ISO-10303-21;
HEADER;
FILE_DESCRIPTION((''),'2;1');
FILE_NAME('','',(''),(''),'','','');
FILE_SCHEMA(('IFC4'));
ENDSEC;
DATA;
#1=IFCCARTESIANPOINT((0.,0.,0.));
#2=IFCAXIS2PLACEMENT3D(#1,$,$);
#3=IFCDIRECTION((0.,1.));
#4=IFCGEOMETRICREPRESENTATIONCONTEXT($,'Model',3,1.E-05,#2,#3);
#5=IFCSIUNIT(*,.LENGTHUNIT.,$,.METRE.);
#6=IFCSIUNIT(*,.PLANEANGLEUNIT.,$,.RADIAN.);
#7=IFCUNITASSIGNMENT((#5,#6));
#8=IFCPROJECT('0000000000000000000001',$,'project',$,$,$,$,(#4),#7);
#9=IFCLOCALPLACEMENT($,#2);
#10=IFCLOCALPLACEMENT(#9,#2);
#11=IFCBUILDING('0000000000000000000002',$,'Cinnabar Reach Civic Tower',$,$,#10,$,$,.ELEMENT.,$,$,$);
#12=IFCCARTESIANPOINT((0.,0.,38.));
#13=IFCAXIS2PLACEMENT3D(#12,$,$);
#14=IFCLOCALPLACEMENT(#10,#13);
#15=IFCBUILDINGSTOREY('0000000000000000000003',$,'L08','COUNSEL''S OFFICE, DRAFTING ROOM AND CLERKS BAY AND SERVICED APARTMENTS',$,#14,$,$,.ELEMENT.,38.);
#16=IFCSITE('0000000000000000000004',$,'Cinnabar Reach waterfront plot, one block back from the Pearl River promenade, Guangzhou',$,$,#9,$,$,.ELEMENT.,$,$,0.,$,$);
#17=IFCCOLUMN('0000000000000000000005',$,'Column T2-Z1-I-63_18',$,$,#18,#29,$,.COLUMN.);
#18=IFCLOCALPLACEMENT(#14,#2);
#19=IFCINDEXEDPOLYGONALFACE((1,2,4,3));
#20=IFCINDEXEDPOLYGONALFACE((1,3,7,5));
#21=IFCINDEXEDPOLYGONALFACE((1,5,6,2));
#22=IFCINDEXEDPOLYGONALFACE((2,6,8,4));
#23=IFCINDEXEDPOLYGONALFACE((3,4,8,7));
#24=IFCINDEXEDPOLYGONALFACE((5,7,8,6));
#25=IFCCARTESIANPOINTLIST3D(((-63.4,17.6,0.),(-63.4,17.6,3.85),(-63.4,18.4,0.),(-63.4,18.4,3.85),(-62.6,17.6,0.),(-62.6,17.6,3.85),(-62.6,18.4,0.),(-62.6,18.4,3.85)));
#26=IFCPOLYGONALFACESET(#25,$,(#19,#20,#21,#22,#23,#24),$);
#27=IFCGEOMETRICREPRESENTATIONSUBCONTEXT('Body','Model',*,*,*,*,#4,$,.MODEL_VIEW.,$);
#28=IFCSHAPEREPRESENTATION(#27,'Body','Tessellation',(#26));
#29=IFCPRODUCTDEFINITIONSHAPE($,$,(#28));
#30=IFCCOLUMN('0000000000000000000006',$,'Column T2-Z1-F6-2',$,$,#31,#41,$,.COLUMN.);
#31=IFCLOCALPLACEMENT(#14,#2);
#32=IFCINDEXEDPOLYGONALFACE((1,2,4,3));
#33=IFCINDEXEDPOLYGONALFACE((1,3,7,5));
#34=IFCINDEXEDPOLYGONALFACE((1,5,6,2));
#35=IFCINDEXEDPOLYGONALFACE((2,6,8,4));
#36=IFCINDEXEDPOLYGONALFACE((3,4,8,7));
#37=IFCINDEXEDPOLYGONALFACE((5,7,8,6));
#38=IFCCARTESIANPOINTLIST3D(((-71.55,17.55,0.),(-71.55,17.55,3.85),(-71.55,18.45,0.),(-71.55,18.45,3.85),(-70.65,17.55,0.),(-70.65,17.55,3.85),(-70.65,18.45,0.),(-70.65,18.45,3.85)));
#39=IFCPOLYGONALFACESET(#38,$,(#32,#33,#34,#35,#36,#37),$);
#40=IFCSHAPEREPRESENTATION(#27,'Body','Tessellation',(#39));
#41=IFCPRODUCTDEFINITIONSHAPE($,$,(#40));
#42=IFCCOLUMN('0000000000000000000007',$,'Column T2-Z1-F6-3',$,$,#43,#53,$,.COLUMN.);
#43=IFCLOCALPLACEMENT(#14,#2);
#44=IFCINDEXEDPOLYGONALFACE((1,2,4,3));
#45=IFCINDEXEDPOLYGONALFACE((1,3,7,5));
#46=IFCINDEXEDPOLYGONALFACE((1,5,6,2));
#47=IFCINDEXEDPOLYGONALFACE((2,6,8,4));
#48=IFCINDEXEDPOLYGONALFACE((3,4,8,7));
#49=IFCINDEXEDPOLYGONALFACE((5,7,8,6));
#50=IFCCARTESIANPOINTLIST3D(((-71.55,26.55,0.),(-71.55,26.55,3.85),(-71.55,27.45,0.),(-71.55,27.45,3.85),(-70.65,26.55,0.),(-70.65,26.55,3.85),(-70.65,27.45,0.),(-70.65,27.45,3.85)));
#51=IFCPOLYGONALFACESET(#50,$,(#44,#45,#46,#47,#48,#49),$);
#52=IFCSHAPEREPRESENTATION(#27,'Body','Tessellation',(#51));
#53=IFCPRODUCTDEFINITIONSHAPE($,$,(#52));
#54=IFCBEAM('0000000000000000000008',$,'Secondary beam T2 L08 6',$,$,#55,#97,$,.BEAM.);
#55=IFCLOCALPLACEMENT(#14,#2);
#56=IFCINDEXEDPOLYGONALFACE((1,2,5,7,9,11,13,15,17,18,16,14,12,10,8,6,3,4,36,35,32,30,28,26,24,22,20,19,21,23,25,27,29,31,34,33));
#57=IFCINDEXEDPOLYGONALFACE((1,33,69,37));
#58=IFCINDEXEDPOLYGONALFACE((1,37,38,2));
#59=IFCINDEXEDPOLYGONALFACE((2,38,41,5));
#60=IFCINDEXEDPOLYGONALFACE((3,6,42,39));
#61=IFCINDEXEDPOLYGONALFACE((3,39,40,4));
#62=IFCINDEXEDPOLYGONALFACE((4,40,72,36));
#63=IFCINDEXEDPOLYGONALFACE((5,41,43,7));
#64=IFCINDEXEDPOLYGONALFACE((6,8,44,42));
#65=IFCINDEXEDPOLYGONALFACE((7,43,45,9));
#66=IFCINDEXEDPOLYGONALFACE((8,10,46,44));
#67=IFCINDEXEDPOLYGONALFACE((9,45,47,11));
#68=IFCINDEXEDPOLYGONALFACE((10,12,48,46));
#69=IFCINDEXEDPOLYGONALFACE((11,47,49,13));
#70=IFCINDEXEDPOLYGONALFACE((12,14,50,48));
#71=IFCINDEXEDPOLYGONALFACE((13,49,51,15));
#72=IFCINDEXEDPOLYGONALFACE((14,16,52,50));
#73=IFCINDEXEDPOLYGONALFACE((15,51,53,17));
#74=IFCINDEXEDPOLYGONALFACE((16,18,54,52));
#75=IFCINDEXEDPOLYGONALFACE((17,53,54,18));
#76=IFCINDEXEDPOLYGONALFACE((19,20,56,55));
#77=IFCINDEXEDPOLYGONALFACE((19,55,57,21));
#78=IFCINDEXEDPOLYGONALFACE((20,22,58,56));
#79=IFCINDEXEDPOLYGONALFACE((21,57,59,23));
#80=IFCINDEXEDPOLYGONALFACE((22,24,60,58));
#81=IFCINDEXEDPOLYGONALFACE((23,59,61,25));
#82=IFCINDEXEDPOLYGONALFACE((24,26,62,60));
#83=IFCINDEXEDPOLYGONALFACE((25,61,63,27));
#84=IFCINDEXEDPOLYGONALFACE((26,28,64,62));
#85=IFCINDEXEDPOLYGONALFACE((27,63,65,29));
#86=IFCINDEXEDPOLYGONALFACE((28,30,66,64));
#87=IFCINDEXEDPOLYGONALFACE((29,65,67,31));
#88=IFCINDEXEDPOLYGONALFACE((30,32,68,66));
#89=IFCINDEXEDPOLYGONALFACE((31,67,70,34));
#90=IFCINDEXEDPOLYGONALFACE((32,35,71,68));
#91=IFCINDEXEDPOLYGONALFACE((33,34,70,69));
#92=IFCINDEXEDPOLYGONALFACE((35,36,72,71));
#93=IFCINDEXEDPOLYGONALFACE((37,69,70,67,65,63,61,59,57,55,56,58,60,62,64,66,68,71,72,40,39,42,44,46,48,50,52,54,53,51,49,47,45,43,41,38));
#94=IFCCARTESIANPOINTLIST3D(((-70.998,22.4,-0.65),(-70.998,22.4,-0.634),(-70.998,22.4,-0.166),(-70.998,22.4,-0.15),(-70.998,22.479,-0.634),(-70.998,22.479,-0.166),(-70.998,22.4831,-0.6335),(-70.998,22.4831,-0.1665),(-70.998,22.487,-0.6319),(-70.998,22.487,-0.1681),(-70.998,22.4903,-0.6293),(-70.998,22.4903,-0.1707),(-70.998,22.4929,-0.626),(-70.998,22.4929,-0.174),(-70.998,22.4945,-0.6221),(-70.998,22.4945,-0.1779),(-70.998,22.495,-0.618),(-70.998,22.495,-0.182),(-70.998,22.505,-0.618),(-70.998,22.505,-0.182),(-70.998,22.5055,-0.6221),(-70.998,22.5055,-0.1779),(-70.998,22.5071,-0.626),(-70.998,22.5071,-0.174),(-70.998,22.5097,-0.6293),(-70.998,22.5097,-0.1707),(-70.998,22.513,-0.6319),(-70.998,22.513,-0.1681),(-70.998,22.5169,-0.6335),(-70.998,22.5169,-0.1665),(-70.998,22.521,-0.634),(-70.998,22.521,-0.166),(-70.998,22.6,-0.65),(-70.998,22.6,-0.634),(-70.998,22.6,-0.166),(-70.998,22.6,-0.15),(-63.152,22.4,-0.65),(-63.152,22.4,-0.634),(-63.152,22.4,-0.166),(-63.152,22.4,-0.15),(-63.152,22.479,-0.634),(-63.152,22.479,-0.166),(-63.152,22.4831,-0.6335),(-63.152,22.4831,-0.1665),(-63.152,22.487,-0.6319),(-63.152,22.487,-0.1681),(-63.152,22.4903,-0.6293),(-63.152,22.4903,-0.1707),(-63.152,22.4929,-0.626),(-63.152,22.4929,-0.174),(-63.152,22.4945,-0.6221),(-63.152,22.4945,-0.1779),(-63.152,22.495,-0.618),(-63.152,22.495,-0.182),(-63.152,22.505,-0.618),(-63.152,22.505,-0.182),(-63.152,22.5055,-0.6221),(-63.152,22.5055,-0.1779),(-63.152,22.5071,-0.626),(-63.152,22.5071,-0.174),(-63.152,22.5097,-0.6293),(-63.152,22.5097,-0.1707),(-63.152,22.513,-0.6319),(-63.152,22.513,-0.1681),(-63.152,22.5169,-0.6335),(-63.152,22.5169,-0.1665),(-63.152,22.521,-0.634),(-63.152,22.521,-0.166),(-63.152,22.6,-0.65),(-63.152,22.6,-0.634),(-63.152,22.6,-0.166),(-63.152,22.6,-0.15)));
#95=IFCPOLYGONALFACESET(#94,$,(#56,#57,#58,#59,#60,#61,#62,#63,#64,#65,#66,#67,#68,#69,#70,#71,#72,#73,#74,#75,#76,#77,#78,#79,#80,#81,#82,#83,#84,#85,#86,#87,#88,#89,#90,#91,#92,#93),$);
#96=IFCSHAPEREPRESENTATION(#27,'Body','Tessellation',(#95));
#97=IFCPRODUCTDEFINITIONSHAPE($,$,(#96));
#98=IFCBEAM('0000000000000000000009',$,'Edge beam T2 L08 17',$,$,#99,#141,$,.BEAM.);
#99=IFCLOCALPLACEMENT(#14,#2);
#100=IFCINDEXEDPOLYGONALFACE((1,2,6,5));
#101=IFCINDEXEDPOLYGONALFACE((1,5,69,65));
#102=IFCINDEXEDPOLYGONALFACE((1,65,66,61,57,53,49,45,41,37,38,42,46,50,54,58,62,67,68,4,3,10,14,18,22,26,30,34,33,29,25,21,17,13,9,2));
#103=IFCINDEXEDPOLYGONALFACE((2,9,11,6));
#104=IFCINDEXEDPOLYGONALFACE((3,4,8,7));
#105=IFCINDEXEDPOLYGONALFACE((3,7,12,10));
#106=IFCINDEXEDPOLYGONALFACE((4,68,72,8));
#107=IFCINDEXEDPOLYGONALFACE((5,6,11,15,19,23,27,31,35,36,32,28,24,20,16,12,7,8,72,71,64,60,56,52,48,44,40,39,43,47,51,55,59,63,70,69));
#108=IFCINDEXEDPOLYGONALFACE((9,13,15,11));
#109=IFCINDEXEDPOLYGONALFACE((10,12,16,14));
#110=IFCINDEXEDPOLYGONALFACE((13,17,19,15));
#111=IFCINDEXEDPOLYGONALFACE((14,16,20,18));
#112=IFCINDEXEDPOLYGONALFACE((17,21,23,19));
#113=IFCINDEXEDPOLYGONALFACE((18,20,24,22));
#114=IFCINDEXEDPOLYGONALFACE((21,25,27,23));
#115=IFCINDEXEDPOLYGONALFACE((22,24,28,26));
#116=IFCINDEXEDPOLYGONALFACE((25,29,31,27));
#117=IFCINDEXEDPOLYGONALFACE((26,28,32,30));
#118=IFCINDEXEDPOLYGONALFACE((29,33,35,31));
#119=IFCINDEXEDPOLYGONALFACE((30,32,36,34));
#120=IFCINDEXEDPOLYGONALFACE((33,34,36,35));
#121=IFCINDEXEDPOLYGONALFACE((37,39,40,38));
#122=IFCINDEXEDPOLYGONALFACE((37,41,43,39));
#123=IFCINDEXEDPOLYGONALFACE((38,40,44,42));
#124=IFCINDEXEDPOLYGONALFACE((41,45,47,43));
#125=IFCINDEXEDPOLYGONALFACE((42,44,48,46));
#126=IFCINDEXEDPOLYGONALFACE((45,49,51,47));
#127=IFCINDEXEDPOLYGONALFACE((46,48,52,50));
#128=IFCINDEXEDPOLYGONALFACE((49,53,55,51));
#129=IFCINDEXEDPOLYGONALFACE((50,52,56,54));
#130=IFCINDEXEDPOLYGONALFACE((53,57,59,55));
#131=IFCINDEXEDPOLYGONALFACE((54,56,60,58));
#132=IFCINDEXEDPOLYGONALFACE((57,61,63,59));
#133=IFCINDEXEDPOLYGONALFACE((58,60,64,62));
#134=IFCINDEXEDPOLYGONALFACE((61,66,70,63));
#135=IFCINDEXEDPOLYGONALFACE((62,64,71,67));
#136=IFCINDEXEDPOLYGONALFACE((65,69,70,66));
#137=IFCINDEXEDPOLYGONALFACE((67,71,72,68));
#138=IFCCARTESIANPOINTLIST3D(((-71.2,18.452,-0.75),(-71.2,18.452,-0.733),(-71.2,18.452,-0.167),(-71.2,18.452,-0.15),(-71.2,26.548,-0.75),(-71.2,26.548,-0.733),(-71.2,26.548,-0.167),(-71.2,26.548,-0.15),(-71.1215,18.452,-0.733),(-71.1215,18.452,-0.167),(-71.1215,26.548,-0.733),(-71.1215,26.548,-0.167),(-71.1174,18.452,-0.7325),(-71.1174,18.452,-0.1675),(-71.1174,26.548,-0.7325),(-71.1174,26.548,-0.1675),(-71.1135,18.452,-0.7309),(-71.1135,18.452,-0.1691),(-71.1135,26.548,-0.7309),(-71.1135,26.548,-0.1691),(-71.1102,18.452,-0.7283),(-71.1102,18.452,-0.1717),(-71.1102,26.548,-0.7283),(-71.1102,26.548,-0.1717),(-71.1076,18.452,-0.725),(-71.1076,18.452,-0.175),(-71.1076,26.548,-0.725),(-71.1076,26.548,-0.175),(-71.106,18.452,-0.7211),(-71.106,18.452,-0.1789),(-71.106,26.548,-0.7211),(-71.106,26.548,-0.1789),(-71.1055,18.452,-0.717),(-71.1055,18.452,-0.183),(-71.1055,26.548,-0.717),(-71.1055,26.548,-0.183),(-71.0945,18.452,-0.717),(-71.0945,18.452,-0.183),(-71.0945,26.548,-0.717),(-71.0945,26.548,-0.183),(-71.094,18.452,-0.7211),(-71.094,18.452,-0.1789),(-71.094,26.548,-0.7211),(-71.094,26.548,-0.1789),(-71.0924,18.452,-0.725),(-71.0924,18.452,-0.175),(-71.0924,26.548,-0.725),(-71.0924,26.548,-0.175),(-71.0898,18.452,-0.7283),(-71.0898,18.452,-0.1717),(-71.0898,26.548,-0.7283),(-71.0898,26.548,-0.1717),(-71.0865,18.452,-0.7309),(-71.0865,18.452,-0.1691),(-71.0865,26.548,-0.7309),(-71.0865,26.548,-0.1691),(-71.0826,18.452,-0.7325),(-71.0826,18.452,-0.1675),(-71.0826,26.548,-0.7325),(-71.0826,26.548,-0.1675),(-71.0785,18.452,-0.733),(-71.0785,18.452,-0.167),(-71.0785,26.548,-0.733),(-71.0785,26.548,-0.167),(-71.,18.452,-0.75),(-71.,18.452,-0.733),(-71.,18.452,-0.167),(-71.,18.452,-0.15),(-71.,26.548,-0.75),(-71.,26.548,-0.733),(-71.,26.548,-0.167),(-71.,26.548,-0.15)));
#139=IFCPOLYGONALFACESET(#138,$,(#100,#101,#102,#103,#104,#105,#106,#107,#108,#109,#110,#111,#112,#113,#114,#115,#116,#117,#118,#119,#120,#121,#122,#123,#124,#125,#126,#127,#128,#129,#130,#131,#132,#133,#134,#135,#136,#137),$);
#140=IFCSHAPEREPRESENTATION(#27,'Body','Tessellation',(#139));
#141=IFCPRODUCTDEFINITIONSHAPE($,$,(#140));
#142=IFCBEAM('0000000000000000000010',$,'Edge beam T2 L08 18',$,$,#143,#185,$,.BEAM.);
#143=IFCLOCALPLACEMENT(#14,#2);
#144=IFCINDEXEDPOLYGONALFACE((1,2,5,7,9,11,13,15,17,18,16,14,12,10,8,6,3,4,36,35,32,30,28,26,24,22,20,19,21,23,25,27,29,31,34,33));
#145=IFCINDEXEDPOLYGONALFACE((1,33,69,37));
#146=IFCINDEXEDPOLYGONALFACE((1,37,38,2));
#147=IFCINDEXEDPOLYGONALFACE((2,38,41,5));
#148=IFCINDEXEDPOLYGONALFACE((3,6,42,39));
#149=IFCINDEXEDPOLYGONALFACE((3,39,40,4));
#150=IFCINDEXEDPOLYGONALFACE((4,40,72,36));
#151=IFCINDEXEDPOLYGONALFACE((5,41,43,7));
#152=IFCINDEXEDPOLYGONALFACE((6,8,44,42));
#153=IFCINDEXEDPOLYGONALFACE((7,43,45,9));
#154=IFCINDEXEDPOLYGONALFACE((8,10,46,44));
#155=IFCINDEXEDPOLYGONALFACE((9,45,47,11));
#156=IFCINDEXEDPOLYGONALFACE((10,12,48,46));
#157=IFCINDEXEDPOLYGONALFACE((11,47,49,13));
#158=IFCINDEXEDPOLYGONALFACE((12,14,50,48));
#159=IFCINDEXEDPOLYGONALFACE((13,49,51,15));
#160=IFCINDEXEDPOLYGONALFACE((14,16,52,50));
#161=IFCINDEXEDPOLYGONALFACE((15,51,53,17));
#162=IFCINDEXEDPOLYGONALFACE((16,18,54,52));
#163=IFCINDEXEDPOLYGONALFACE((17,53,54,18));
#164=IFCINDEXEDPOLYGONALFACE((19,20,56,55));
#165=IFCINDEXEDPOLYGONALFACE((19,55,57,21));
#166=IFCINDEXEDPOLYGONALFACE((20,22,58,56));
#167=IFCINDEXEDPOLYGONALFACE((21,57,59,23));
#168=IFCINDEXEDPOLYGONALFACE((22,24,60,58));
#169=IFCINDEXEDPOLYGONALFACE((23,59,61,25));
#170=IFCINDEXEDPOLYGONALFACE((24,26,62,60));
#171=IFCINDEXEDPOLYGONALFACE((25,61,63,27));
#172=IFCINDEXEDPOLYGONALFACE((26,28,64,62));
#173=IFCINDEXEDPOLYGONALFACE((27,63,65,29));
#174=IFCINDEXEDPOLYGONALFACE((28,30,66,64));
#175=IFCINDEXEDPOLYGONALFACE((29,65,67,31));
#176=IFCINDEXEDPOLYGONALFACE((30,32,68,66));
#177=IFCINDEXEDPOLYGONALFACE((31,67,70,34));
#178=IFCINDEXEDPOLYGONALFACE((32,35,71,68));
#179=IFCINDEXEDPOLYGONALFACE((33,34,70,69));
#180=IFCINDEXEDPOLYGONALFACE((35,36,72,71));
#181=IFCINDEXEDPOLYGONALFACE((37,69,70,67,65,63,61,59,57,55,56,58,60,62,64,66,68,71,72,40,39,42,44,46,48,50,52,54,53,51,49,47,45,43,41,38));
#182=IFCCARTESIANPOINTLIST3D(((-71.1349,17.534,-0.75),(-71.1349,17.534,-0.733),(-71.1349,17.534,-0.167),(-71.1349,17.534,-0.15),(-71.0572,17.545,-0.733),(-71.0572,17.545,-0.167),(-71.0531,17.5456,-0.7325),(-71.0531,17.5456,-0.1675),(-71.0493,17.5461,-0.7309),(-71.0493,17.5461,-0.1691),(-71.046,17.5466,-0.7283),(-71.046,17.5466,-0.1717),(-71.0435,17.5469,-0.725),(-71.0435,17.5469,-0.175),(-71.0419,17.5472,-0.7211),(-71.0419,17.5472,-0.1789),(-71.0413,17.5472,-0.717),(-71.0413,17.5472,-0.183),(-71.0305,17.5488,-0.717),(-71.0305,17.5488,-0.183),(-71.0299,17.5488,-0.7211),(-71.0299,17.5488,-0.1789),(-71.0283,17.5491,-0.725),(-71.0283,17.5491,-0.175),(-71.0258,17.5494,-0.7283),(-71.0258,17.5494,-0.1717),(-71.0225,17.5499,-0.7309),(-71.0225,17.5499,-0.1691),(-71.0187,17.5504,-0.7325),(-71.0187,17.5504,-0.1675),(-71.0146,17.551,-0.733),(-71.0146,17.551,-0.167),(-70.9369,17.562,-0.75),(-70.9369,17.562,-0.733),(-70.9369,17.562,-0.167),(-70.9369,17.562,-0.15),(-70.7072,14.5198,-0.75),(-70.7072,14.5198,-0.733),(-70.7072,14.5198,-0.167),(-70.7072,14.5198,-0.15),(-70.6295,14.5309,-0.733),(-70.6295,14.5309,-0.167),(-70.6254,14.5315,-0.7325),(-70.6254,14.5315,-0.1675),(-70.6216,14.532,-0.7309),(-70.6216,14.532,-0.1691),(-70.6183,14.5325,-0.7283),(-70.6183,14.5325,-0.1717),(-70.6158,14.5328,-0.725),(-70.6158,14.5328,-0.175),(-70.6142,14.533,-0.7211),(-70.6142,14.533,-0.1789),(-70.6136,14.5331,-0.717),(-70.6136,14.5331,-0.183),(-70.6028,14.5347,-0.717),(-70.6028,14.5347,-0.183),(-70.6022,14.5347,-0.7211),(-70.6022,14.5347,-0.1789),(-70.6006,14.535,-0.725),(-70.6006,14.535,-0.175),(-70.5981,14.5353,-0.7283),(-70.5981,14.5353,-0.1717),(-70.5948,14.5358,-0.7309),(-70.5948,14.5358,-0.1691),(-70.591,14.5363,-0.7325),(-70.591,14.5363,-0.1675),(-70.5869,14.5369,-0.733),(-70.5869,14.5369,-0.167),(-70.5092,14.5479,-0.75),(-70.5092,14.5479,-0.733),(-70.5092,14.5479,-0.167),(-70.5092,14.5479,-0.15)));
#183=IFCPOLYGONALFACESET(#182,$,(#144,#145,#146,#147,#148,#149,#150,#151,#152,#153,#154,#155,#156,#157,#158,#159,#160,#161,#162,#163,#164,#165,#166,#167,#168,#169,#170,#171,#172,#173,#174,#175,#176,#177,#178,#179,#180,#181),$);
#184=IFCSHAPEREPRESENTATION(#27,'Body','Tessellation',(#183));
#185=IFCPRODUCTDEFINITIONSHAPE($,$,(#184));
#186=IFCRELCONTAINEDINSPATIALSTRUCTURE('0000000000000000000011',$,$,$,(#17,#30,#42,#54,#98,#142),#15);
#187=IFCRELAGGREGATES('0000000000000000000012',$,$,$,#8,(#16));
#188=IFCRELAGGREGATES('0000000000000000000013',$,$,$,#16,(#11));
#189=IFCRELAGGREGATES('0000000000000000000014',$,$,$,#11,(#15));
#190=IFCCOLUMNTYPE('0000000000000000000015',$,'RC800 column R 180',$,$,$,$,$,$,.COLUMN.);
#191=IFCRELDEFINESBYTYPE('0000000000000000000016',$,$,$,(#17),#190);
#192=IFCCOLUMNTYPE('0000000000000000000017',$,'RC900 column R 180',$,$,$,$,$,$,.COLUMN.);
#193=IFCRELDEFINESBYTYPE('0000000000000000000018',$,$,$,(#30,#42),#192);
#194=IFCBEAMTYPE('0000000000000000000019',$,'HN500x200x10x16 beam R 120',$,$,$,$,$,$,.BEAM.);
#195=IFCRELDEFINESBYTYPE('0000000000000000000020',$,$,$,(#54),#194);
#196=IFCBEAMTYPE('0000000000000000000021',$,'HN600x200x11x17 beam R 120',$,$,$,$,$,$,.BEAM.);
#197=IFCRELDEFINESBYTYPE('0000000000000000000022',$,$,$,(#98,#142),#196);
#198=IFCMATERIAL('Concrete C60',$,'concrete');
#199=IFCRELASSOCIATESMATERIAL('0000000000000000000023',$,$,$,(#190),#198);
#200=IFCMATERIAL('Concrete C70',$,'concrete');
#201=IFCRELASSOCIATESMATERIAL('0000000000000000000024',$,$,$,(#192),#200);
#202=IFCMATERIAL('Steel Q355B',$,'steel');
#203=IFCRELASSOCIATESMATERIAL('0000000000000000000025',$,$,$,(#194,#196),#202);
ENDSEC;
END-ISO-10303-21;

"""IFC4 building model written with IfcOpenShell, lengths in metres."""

from ifc_helpers import new_model, si_unit, direction, frame, origin, origin_2d, place, context, subcontext, project, spatial, rectangle, i_section, extrude, material, material_profile, profile_set, type_object, element, save


model = new_model("IFC4")

# Units and contexts
model_context = context("Model", 3, precision=1e-05, world=origin(), true_north=direction((0.0, 1.0)))
body_context = subcontext(model_context, "Body", "Model", "MODEL_VIEW")
ifc_project = project(units=[si_unit("LENGTHUNIT", "METRE"), si_unit("PLANEANGLEUNIT", "RADIAN")], contexts=[model_context])

# Site, building, storey
site_placement = place(None, origin())
site = spatial("IfcSite", under=ifc_project, at=site_placement, Name="Cinnabar Reach waterfront plot, one block back from the Pearl River promenade, Guangzhou", CompositionType="ELEMENT", RefElevation=0.0)
building_placement = place(site_placement, origin())
building = spatial("IfcBuilding", under=site, at=building_placement, Name="Cinnabar Reach Civic Tower", CompositionType="ELEMENT")
storey_placement = place(building_placement, frame((0.0, 0.0, 38.0)))
storey = spatial("IfcBuildingStorey", under=building, at=storey_placement, Name="L08", Description="COUNSEL'S OFFICE, DRAFTING ROOM AND CLERKS BAY AND SERVICED APARTMENTS", CompositionType="ELEMENT", Elevation=38.0)

# Columns
ifc_material_1 = material(Name="Concrete C60", Category="concrete")
ifc_material_profile_1 = material_profile(ifc_material_1, rectangle(XDim=0.8, YDim=0.8, at=origin_2d()), Name="RC800")
ifc_profile_set_1 = profile_set([ifc_material_profile_1], Name="Concrete C60")
column_type_1 = type_object("IfcColumnType", Name="RC800 column R 180", PredefinedType="COLUMN", material=ifc_profile_set_1)
column_placement = place(storey_placement, frame((-63.0, 18.0, 0.0), z_axis=(0.0, 0.0, 1.0), x_axis=(1.0, 0.0, 0.0)))
element("IfcColumn", 1, at=column_placement, inside=storey, type_object=column_type_1, Name="Column T2-Z1-I-63_18", PredefinedType="COLUMN", context=body_context, shape_type="SweptSolid", body=[
    extrude(rectangle(XDim=0.8, YDim=0.8, at=origin_2d()), origin(), (0.0, 0.0, 1.0), 3.85),
])
ifc_material_2 = material(Name="Concrete C70", Category="concrete")
ifc_material_profile_2 = material_profile(ifc_material_2, rectangle(XDim=0.9, YDim=0.9, at=origin_2d()), Name="RC900")
ifc_profile_set_2 = profile_set([ifc_material_profile_2], Name="Concrete C70")
column_type_2 = type_object("IfcColumnType", Name="RC900 column R 180", PredefinedType="COLUMN", material=ifc_profile_set_2)
for number, where, z_axis, x_axis, name in (
    (2, (-71.1, 18.0, 0.0), (0.0, 0.0, 1.0), (1.0, 0.0, 0.0), "Column T2-Z1-F6-2"),
    (3, (-71.1, 27.0, 0.0), (0.0, 0.0, 1.0), (1.0, 0.0, 0.0), "Column T2-Z1-F6-3"),
):
    element("IfcColumn", number, at=place(storey_placement, frame(where, z_axis=z_axis, x_axis=x_axis)), inside=storey, type_object=column_type_2, Name=name, PredefinedType="COLUMN", context=body_context, shape_type="SweptSolid", body=[
        extrude(rectangle(XDim=0.9, YDim=0.9, at=origin_2d()), origin(), (0.0, 0.0, 1.0), 3.85),
    ])

# Beams
ifc_material_3 = material(Name="Steel Q355B", Category="steel")
ifc_material_profile_3 = material_profile(ifc_material_3, i_section(OverallWidth=0.2, OverallDepth=0.5, WebThickness=0.01, FlangeThickness=0.016, FilletRadius=0.016, at=origin_2d()), Name="HN500x200x10x16")
ifc_profile_set_3 = profile_set([ifc_material_profile_3], Name="Steel Q355B")
beam_type_1 = type_object("IfcBeamType", Name="HN500x200x10x16 beam R 120", PredefinedType="BEAM", material=ifc_profile_set_3)
beam_1_placement = place(storey_placement, frame((-70.998, 22.5, -0.4), z_axis=(1.0, 0.0, 0.0), x_axis=(0.0, 1.0, 0.0)))
element("IfcBeam", 4, at=beam_1_placement, inside=storey, type_object=beam_type_1, Name="Secondary beam T2 L08 6", PredefinedType="BEAM", context=body_context, shape_type="SweptSolid", body=[
    extrude(i_section(OverallWidth=0.2, OverallDepth=0.5, WebThickness=0.01, FlangeThickness=0.016, FilletRadius=0.016, at=origin_2d()), origin(), (0.0, 0.0, 1.0), 7.846),
])
ifc_material_profile_4 = material_profile(ifc_material_3, i_section(OverallWidth=0.2, OverallDepth=0.6, WebThickness=0.011, FlangeThickness=0.017, FilletRadius=0.016, at=origin_2d()), Name="HN600x200x11x17")
ifc_profile_set_4 = profile_set([ifc_material_profile_4], Name="Steel Q355B")
beam_type_2 = type_object("IfcBeamType", Name="HN600x200x11x17 beam R 120", PredefinedType="BEAM", material=ifc_profile_set_4)
beam_2_placement = place(storey_placement, frame((-71.1, 26.548, -0.45), z_axis=(0.0, -1.0, 0.0), x_axis=(1.0, 0.0, 0.0)))
element("IfcBeam", 5, at=beam_2_placement, inside=storey, type_object=beam_type_2, Name="Edge beam T2 L08 17", PredefinedType="BEAM", context=body_context, shape_type="SweptSolid", body=[
    extrude(i_section(OverallWidth=0.2, OverallDepth=0.6, WebThickness=0.011, FlangeThickness=0.017, FilletRadius=0.016, at=origin_2d()), origin(), (0.0, 0.0, 1.0), 8.096),
])
beam_3_placement = place(storey_placement, frame((-71.0359, 17.548, -0.45), z_axis=(0.140492, -0.990082, 0.0), x_axis=(0.990082, 0.140492, 0.0)))
element("IfcBeam", 6, at=beam_3_placement, inside=storey, type_object=beam_type_2, Name="Edge beam T2 L08 18", PredefinedType="BEAM", context=body_context, shape_type="SweptSolid", body=[
    extrude(i_section(OverallWidth=0.2, OverallDepth=0.6, WebThickness=0.011, FlangeThickness=0.017, FilletRadius=0.016, at=origin_2d()), origin(), (0.0, 0.0, 1.0), 3.0443),
])

save(model, "model.ifc")
